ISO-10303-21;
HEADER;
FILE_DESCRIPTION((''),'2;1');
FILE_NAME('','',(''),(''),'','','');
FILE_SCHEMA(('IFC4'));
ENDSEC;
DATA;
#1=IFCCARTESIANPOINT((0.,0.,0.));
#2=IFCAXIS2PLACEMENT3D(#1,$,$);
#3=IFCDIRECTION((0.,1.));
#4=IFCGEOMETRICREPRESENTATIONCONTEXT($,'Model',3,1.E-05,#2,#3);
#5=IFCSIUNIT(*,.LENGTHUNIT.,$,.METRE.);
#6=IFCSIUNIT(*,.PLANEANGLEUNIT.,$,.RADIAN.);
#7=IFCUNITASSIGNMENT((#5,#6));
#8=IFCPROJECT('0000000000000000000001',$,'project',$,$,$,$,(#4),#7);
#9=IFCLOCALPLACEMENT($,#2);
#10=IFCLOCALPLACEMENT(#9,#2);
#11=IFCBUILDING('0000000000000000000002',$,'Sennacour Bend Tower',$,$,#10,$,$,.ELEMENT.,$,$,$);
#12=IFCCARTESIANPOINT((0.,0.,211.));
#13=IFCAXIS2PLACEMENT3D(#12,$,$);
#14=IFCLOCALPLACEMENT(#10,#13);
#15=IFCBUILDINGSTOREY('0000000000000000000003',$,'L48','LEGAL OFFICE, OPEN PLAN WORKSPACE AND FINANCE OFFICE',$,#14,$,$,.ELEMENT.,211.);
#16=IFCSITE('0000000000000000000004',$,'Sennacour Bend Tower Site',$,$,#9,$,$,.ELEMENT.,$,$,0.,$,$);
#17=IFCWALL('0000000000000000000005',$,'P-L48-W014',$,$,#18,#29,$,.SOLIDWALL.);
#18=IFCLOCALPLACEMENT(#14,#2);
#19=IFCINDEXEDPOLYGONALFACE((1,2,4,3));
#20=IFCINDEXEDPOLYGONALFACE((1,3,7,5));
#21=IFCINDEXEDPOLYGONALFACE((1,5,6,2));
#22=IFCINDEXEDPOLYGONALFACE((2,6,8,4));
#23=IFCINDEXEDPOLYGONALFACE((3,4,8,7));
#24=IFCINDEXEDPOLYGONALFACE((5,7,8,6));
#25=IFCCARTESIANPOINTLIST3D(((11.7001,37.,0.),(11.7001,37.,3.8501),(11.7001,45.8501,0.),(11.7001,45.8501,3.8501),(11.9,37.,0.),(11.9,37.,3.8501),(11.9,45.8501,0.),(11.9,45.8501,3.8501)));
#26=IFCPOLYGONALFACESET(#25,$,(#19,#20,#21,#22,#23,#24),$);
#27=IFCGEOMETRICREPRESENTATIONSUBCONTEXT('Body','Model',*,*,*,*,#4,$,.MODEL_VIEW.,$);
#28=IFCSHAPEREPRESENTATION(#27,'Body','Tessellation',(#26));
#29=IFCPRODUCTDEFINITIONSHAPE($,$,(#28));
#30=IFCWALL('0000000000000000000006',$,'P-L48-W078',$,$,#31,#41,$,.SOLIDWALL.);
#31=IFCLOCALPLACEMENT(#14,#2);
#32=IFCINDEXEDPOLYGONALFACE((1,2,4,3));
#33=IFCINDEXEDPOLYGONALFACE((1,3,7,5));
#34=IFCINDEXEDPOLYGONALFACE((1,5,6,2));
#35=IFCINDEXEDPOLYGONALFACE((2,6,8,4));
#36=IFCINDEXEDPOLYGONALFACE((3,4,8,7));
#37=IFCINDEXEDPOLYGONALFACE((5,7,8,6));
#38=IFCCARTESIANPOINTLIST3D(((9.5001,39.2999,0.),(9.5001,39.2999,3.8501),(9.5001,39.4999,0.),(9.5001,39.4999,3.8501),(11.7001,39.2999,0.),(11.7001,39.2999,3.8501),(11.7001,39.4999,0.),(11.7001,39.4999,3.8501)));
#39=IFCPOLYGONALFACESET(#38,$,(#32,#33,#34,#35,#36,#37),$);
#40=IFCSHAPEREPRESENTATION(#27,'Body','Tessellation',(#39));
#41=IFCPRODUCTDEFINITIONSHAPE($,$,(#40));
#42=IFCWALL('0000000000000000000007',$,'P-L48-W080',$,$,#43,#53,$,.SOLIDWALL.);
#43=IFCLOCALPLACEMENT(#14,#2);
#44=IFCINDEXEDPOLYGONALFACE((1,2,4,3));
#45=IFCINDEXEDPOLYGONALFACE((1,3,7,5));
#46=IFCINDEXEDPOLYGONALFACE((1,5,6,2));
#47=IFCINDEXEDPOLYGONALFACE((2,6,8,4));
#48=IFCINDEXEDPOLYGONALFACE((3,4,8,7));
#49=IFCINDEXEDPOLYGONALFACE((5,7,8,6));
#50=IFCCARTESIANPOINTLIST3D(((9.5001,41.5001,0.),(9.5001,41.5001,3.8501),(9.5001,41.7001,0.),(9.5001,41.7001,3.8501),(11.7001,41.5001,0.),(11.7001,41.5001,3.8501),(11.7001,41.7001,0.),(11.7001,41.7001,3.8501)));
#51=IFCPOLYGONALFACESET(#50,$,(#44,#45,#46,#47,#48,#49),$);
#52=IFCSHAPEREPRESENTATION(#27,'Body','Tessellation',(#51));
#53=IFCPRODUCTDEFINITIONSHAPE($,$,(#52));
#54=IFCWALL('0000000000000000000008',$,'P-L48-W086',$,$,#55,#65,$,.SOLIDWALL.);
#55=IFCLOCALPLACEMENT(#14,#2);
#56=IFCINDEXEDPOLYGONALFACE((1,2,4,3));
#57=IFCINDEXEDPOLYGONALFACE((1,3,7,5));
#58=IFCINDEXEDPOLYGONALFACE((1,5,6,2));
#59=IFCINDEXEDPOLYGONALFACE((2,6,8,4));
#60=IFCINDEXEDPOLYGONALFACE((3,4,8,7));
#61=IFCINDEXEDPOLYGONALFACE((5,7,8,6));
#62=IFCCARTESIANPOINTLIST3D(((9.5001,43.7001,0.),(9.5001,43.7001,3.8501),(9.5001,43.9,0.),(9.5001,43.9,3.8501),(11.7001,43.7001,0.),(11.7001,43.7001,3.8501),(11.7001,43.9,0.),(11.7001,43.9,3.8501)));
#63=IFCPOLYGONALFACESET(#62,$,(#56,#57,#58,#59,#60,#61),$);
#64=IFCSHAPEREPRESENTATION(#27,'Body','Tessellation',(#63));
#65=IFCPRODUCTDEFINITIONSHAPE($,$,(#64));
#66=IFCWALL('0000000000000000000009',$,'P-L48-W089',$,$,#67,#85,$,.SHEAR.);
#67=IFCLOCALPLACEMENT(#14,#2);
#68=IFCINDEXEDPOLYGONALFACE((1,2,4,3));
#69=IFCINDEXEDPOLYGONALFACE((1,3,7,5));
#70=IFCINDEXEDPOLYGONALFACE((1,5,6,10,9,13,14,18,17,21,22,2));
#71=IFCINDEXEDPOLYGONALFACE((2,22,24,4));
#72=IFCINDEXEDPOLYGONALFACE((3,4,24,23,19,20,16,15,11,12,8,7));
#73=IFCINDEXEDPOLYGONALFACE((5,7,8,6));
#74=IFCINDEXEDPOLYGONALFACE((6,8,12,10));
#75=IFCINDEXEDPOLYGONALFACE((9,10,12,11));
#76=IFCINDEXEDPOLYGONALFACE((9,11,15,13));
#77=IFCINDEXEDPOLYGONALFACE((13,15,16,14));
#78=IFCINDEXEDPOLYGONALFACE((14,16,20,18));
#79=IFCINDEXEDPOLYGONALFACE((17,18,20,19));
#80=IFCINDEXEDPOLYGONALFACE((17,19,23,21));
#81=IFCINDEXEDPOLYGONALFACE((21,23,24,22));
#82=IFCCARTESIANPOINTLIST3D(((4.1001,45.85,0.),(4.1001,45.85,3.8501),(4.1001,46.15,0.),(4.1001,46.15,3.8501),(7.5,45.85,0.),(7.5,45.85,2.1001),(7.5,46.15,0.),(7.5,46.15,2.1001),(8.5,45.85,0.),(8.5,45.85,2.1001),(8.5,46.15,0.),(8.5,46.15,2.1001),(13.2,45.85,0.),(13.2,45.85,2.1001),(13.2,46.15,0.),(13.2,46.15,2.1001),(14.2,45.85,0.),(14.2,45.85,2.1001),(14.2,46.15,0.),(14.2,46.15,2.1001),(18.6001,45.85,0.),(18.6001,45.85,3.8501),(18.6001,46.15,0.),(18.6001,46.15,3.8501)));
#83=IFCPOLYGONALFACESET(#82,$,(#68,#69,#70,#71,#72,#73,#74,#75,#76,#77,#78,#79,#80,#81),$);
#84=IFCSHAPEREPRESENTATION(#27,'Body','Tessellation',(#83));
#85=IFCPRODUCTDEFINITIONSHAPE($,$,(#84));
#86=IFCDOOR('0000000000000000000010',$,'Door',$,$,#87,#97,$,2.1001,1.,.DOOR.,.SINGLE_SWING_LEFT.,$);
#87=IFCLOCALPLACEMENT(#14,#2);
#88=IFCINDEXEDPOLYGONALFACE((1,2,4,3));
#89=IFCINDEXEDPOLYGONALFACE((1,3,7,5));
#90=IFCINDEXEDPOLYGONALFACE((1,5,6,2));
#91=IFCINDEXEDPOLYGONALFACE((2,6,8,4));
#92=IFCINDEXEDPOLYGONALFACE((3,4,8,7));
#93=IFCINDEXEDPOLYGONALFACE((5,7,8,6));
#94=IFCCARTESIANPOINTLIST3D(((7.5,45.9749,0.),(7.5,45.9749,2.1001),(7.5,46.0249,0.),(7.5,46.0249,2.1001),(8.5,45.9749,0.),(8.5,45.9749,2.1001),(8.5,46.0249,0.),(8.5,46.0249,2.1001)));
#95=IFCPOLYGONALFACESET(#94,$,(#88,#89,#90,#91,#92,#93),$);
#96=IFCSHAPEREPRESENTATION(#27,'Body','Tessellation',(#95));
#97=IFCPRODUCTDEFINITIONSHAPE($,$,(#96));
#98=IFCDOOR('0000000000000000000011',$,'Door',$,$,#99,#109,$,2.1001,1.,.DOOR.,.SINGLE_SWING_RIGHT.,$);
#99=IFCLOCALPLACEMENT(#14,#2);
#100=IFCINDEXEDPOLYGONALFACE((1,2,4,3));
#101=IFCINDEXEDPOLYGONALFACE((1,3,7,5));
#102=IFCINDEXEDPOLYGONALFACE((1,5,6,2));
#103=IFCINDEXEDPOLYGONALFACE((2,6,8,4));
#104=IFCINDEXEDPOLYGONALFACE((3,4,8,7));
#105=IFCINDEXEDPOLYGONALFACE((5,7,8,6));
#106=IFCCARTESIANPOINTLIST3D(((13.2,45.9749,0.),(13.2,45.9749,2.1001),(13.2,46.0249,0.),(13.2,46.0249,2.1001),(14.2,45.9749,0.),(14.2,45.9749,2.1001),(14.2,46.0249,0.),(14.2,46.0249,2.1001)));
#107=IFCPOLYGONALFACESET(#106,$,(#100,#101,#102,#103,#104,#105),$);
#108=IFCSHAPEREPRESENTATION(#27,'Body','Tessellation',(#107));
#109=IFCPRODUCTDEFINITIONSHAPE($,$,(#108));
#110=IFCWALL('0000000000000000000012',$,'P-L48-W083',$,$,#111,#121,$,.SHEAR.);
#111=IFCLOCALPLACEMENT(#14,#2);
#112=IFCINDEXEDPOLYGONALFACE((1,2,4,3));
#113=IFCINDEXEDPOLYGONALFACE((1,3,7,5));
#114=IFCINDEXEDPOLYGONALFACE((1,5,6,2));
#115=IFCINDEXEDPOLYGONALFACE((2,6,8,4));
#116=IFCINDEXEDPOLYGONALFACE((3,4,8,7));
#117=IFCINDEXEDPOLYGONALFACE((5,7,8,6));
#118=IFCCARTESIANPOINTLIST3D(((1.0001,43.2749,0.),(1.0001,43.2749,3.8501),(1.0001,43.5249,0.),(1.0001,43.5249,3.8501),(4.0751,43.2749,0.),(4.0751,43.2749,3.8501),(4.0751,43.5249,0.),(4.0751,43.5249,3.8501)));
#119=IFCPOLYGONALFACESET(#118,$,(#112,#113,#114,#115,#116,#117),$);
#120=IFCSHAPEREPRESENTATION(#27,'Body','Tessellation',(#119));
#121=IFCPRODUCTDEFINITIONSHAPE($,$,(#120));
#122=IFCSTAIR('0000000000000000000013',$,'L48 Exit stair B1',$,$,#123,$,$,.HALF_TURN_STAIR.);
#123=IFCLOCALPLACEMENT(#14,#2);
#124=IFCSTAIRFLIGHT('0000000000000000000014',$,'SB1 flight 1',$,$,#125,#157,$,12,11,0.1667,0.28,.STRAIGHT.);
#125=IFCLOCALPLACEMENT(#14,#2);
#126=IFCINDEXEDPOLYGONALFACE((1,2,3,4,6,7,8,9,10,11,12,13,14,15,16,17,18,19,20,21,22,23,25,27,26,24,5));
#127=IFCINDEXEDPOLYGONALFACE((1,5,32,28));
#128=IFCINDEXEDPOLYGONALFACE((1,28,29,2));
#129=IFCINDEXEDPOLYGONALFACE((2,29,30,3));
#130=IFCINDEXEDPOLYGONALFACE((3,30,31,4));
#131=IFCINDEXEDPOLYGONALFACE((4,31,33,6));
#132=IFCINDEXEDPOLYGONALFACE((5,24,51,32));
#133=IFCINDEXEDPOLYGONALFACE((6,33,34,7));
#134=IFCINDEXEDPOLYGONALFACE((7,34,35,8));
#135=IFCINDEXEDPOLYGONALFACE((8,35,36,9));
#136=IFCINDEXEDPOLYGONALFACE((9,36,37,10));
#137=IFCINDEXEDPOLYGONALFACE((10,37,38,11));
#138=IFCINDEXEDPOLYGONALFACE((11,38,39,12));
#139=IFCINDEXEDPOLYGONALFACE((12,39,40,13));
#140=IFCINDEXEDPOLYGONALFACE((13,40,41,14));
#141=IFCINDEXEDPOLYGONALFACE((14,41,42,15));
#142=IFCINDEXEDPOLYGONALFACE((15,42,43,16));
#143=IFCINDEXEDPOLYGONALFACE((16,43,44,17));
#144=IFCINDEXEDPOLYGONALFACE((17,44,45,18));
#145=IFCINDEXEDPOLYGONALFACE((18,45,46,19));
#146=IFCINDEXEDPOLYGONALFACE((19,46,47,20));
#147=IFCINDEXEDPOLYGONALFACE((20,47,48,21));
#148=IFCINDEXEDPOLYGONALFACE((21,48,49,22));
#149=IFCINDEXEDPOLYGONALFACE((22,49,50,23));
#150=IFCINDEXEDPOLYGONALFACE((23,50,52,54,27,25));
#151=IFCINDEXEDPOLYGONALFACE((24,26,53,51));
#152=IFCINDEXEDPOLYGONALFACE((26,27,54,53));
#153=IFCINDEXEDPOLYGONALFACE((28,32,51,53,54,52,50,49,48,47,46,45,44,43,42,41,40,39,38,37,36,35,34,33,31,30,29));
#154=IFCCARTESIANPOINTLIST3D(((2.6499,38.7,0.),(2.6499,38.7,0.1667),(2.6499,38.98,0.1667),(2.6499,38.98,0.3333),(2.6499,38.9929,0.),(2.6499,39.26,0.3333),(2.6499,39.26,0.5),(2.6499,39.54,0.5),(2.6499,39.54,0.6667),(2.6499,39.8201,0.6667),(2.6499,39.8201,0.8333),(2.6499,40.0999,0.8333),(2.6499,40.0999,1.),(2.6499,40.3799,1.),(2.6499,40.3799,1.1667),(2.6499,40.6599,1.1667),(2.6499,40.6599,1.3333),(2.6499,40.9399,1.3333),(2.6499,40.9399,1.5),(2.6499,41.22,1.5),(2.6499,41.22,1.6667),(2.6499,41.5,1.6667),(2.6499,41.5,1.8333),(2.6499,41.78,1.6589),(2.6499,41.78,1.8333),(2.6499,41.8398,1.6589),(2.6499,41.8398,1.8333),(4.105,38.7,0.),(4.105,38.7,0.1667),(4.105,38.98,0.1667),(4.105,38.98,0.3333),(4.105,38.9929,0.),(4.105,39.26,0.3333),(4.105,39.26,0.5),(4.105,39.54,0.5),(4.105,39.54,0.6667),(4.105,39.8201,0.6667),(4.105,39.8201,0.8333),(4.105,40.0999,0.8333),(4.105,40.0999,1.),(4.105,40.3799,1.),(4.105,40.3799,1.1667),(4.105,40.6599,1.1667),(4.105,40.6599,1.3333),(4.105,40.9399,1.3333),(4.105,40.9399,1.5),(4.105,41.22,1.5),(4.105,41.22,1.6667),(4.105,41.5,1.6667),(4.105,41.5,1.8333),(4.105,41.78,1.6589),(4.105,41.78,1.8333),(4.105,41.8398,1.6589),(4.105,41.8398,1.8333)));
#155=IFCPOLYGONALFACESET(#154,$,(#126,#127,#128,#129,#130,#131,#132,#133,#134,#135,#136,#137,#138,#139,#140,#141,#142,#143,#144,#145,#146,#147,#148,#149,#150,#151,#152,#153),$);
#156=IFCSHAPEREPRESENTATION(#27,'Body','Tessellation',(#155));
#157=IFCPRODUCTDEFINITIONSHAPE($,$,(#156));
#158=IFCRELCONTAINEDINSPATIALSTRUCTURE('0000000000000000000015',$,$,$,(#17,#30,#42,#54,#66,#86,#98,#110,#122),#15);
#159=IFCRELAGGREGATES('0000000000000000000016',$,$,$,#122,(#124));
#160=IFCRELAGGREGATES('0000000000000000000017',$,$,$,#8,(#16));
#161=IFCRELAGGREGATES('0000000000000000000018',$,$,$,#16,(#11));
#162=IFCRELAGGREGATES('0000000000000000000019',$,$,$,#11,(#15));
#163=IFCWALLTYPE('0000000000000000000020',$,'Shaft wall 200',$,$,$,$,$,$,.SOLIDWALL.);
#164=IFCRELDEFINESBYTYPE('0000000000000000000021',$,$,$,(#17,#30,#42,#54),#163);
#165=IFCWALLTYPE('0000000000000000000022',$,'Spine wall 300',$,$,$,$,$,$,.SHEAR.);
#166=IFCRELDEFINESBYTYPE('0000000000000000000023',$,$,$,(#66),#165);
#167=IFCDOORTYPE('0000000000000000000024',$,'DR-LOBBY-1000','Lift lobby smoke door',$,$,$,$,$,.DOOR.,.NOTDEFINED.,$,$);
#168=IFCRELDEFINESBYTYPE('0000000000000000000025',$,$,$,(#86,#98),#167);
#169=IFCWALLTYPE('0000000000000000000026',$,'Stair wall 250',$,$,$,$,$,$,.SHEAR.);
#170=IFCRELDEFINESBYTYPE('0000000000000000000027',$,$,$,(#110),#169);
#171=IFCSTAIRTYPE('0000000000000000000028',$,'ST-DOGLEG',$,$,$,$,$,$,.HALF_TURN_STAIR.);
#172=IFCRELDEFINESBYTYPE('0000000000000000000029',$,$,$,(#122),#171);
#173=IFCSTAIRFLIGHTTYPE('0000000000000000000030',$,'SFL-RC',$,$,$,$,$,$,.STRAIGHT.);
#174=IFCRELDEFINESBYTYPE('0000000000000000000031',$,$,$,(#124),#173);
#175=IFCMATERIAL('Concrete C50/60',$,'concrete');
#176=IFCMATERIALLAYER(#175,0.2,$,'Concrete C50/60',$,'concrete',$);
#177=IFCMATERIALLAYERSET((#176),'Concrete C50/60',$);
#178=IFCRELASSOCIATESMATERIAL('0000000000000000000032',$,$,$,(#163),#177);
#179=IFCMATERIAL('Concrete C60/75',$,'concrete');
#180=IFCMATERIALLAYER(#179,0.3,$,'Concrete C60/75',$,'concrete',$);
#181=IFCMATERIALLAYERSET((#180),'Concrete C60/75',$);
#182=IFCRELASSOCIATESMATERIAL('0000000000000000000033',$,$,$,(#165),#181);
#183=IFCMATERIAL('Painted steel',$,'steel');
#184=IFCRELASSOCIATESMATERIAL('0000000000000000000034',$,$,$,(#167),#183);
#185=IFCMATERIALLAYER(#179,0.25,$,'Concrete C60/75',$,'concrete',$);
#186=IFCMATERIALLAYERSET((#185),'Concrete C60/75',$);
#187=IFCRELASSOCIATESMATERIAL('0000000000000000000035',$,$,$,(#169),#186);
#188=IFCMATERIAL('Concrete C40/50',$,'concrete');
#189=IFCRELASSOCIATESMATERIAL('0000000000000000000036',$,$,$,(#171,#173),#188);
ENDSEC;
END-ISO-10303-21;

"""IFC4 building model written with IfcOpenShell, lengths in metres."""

from ifc_helpers import new_model, si_unit, direction, frame, frame_2d, origin, place, context, subcontext, project, spatial, polyline, rectangle, outline, extrude, material, layer, layer_set, type_object, element, fill, aggregate, save


model = new_model("IFC4")

# Units and contexts
model_context = context("Model", 3, precision=1e-05, world=origin(), true_north=direction((0.0, 1.0)))
body_context = subcontext(model_context, "Body", "Model", "MODEL_VIEW")
ifc_project = project(units=[si_unit("LENGTHUNIT", "METRE"), si_unit("PLANEANGLEUNIT", "RADIAN")], contexts=[model_context])

# Site, building, storey
site_placement = place(None, origin())
site = spatial("IfcSite", under=ifc_project, at=site_placement, Name="Sennacour Bend Tower Site", CompositionType="ELEMENT", RefElevation=0.0)
building_placement = place(site_placement, origin())
building = spatial("IfcBuilding", under=site, at=building_placement, Name="Sennacour Bend Tower", CompositionType="ELEMENT")
storey_placement = place(building_placement, frame((0.0, 0.0, 211.0)))
storey = spatial("IfcBuildingStorey", under=building, at=storey_placement, Name="L48", Description="LEGAL OFFICE, OPEN PLAN WORKSPACE AND FINANCE OFFICE", CompositionType="ELEMENT", Elevation=211.0)

# Shared definitions
ifc_material_1 = material(Name="Concrete C60/75", Category="concrete")

# Shared definitions
ifc_material_2 = material(Name="Painted steel", Category="steel")

# Shared definitions
ifc_material_3 = material(Name="Concrete C50/60", Category="concrete")
ifc_layer_1 = layer(ifc_material_3, 0.2, Name="Concrete C50/60", Category="concrete")
ifc_layer_set_1 = layer_set([ifc_layer_1], Name="Concrete C50/60")
wall_type_1 = type_object("IfcWallType", Name="Shaft wall 200", PredefinedType="SOLIDWALL", material=ifc_layer_set_1)

# Walls
wall_1_placement = place(storey_placement, frame((11.8, 37.0, 0.0), z_axis=(0.0, 0.0, 1.0), x_axis=(0.0, 1.0, 0.0)))
element("IfcWall", 1, at=wall_1_placement, inside=storey, type_object=wall_type_1, Name="P-L48-W014", PredefinedType="SOLIDWALL", context=body_context, shape_type="SweptSolid", body=[
    extrude(rectangle(XDim=8.8501, YDim=0.2, at=frame_2d((4.425, 0.0))), origin(), (0.0, 0.0, 1.0), 3.8501),
])
for number, where, z_axis, x_axis, name in (
    (2, (9.5, 39.3999, 0.0), (0.0, 0.0, 1.0), (1.0, 0.0, 0.0), "P-L48-W078"),
    (3, (9.5, 41.6001, 0.0), (0.0, 0.0, 1.0), (1.0, 0.0, 0.0), "P-L48-W080"),
    (4, (9.5, 43.8, 0.0), (0.0, 0.0, 1.0), (1.0, 0.0, 0.0), "P-L48-W086"),
):
    element("IfcWall", number, at=place(storey_placement, frame(where, z_axis=z_axis, x_axis=x_axis)), inside=storey, type_object=wall_type_1, Name=name, PredefinedType="SOLIDWALL", context=body_context, shape_type="SweptSolid", body=[
        extrude(rectangle(XDim=2.2, YDim=0.2, at=frame_2d((1.1001, 0.0))), origin(), (0.0, 0.0, 1.0), 3.8501),
    ])

# Wall, openings, doors
ifc_layer_2 = layer(ifc_material_1, 0.3, Name="Concrete C60/75", Category="concrete")
ifc_layer_set_2 = layer_set([ifc_layer_2], Name="Concrete C60/75")
wall_type_2 = type_object("IfcWallType", Name="Spine wall 300", PredefinedType="SHEAR", material=ifc_layer_set_2)
wall_2_placement = place(storey_placement, frame((4.1001, 46.0, 0.0), z_axis=(0.0, 0.0, 1.0), x_axis=(1.0, 0.0, 0.0)))
wall_2 = element("IfcWall", 5, at=wall_2_placement, inside=storey, type_object=wall_type_2, Name="P-L48-W089", PredefinedType="SHEAR", context=body_context, shape_type="SweptSolid", body=[
    extrude(rectangle(XDim=14.5, YDim=0.3, at=frame_2d((7.25, 0.0))), origin(), (0.0, 0.0, 1.0), 3.8501),
])
opening_1_placement = place(wall_2_placement, frame((3.3999, 0.0, 0.0)))
opening_1 = element("IfcOpeningElement", 6, at=opening_1_placement, cuts=wall_2, PredefinedType="OPENING", context=body_context, shape_type="SweptSolid", body=[
    extrude(rectangle(XDim=1.0, YDim=2.1001, at=frame_2d((0.5, 1.05))), frame((0.0, 0.1602, 0.0), z_axis=(0.0, -1.0, 0.0), x_axis=(1.0, 0.0, 0.0)), (0.0, 0.0, 1.0), 0.3201),
])
opening_2_placement = place(wall_2_placement, frame((9.0999, 0.0, 0.0)))
opening_2 = element("IfcOpeningElement", 7, at=opening_2_placement, cuts=wall_2, PredefinedType="OPENING", context=body_context, shape_type="SweptSolid", body=[
    extrude(rectangle(XDim=1.0, YDim=2.1001, at=frame_2d((0.5, 1.05))), frame((0.0, 0.1602, 0.0), z_axis=(0.0, -1.0, 0.0), x_axis=(1.0, 0.0, 0.0)), (0.0, 0.0, 1.0), 0.3201),
])
door_type_1 = type_object("IfcDoorType", Name="DR-LOBBY-1000", Description="Lift lobby smoke door", OperationType="NOTDEFINED", PredefinedType="DOOR", material=ifc_material_2)
door_1_placement = place(opening_1_placement, origin())
door_1 = element("IfcDoor", 8, at=door_1_placement, inside=storey, type_object=door_type_1, Name="Door", OperationType="SINGLE_SWING_LEFT", OverallHeight=2.1001, OverallWidth=1.0, PredefinedType="DOOR", context=body_context, shape_type="SweptSolid", body=[
    extrude(rectangle(XDim=1.0, YDim=2.1001, at=frame_2d((0.5, 1.05))), frame((0.0, 0.0249, 0.0), z_axis=(0.0, -1.0, 0.0), x_axis=(1.0, 0.0, 0.0)), (0.0, 0.0, 1.0), 0.05),
])
fill(opening_1, door_1)
door_2_placement = place(opening_2_placement, origin())
door_2 = element("IfcDoor", 9, at=door_2_placement, inside=storey, type_object=door_type_1, Name="Door", OperationType="SINGLE_SWING_RIGHT", OverallHeight=2.1001, OverallWidth=1.0, PredefinedType="DOOR", context=body_context, shape_type="SweptSolid", body=[
    extrude(rectangle(XDim=1.0, YDim=2.1001, at=frame_2d((0.5, 1.05))), frame((0.0, 0.0249, 0.0), z_axis=(0.0, -1.0, 0.0), x_axis=(1.0, 0.0, 0.0)), (0.0, 0.0, 1.0), 0.05),
])
fill(opening_2, door_2)

# Wall
ifc_layer_3 = layer(ifc_material_1, 0.25, Name="Concrete C60/75", Category="concrete")
ifc_layer_set_3 = layer_set([ifc_layer_3], Name="Concrete C60/75")
wall_type_3 = type_object("IfcWallType", Name="Stair wall 250", PredefinedType="SHEAR", material=ifc_layer_set_3)
wall_3_placement = place(storey_placement, frame((1.0, 43.3999, 0.0), z_axis=(0.0, 0.0, 1.0), x_axis=(1.0, 0.0, 0.0)))
element("IfcWall", 10, at=wall_3_placement, inside=storey, type_object=wall_type_3, Name="P-L48-W083", PredefinedType="SHEAR", context=body_context, shape_type="SweptSolid", body=[
    extrude(rectangle(XDim=3.075, YDim=0.25, at=frame_2d((1.5376, 0.0))), origin(), (0.0, 0.0, 1.0), 3.8501),
])

# Stair, stair flight
ifc_material_4 = material(Name="Concrete C40/50", Category="concrete")
stair_type = type_object("IfcStairType", Name="ST-DOGLEG", PredefinedType="HALF_TURN_STAIR", material=ifc_material_4)
stair_placement = place(storey_placement, origin())
stair = element("IfcStair", 11, at=stair_placement, inside=storey, type_object=stair_type, Name="L48 Exit stair B1", PredefinedType="HALF_TURN_STAIR")
stair_flight_type = type_object("IfcStairFlightType", Name="SFL-RC", PredefinedType="STRAIGHT", material=ifc_material_4)
stair_flight_1_placement = place(storey_placement, frame((3.3774, 38.7, 0.0), z_axis=(0.0, 0.0, 1.0), x_axis=(0.0, 1.0, 0.0)))
stair_flight_1 = element("IfcStairFlight", 12, at=stair_flight_1_placement, type_object=stair_flight_type, Name="SB1 flight 1", NumberOfRisers=12, NumberOfTreads=11, PredefinedType="STRAIGHT", RiserHeight=0.1667, TreadLength=0.28, context=body_context, shape_type="SweptSolid", body=[
    extrude(outline(polyline([(0.0, 0.0), (0.0, 0.1667), (0.28, 0.1667), (0.28, 0.3333), (0.5601, 0.3333), (0.5601, 0.5), (0.8401, 0.5), (0.8401, 0.6667), (1.1201, 0.6667), (1.1201, 0.8333), (1.3999, 0.8333), (1.3999, 1.0), (1.6799, 1.0), (1.6799, 1.1667), (1.96, 1.1667), (1.96, 1.3333), (2.24, 1.3333), (2.24, 1.5), (2.52, 1.5), (2.52, 1.6667), (2.8, 1.6667), (2.8, 1.8333), (3.0801, 1.8333), (3.1399, 1.8333), (3.1399, 1.6589), (3.0801, 1.6589), (0.293, 0.0), (0.0, 0.0)])), frame((0.0, 0.7275, 0.0), z_axis=(0.0, -1.0, 0.0), x_axis=(1.0, 0.0, 0.0)), (0.0, 0.0, 1.0), 1.4551),
])
aggregate(stair, [stair_flight_1])

save(model, "model.ifc")
